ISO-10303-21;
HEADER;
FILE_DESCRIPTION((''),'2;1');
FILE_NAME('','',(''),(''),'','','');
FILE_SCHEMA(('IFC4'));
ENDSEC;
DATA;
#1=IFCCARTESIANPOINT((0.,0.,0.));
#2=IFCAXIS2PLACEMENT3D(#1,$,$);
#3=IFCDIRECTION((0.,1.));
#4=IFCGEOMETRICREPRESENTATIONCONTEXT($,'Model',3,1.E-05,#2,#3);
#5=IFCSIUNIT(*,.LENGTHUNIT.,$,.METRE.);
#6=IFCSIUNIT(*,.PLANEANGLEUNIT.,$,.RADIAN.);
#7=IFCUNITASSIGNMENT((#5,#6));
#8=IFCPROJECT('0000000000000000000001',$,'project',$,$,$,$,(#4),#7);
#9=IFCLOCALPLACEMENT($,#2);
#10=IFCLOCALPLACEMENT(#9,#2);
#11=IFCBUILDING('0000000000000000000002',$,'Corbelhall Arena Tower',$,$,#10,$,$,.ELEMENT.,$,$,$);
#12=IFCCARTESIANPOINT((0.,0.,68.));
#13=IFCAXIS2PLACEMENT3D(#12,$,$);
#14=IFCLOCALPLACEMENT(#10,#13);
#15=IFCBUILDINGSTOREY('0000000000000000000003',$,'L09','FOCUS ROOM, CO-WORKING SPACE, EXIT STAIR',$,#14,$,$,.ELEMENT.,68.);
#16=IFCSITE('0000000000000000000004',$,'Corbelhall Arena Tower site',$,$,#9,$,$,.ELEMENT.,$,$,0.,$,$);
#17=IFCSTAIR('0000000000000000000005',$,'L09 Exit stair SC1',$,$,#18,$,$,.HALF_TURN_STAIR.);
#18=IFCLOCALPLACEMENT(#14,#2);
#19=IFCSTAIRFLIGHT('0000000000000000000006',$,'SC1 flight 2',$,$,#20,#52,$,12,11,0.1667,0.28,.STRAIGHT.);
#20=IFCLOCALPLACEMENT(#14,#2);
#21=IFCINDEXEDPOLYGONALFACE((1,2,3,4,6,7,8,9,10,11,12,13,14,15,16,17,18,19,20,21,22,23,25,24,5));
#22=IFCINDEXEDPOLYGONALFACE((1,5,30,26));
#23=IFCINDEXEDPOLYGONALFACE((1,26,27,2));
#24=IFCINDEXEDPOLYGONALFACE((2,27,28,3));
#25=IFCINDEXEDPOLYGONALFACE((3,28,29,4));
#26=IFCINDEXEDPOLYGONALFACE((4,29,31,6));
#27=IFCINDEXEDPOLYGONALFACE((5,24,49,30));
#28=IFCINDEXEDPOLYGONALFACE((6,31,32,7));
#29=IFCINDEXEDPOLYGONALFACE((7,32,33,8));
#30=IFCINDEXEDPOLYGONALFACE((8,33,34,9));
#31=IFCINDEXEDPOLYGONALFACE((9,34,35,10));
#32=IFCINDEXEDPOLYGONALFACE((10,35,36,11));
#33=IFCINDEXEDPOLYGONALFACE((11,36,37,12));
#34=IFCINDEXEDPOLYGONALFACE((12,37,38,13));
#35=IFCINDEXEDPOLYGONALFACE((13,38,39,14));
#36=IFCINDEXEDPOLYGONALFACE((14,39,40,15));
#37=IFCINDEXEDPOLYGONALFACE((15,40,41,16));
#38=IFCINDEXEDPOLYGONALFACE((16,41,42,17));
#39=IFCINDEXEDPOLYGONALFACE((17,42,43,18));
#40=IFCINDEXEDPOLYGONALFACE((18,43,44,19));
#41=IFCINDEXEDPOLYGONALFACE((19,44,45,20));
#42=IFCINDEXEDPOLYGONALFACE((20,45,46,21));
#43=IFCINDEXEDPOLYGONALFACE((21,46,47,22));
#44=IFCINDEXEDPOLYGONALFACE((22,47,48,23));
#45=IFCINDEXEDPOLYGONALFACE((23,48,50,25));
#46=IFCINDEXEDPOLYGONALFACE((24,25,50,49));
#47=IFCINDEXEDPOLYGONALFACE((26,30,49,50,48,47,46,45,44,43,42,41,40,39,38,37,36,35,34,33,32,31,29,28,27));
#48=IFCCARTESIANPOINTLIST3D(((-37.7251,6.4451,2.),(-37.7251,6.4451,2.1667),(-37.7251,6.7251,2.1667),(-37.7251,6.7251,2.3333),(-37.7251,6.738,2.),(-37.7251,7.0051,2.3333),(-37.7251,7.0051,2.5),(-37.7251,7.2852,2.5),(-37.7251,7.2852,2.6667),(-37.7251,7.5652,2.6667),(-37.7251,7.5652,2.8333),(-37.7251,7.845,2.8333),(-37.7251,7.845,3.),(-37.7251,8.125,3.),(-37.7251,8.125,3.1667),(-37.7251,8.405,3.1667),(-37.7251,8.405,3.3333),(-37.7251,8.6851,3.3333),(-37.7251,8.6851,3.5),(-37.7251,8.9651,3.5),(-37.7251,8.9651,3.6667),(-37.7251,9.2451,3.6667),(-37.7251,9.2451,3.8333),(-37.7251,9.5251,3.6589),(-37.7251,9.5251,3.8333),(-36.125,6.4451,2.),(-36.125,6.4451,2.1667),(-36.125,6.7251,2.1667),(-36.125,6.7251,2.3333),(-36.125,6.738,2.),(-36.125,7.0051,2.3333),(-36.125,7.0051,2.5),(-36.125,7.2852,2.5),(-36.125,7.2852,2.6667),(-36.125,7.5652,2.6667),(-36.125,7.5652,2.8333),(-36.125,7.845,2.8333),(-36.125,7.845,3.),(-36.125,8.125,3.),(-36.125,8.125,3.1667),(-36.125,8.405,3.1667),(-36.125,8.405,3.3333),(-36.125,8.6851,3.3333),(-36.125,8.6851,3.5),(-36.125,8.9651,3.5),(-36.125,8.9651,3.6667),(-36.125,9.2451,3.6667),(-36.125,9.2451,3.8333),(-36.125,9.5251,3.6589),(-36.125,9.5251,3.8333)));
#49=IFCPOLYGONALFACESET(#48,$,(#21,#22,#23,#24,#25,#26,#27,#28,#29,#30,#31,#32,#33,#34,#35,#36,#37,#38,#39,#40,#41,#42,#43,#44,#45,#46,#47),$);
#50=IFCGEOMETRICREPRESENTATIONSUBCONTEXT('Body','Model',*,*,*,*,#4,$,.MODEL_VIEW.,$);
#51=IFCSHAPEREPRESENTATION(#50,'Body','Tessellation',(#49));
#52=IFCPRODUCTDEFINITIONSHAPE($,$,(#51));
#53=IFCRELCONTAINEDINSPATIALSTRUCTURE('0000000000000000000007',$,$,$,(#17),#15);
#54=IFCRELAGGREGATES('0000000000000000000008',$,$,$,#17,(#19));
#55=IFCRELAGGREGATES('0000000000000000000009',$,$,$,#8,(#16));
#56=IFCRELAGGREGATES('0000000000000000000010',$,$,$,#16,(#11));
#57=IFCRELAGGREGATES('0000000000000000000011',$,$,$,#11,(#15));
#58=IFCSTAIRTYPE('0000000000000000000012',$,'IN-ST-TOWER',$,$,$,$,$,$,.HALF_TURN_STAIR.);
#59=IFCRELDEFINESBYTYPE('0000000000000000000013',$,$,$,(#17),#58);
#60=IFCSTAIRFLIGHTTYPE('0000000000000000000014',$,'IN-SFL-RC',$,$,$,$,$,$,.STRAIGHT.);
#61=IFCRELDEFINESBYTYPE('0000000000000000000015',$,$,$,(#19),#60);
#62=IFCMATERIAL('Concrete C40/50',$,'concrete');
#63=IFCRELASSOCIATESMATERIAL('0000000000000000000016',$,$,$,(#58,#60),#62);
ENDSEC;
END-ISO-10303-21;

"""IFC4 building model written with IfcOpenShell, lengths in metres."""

from ifc_helpers import new_model, si_unit, direction, frame, origin, place, context, subcontext, project, spatial, polyline, outline, extrude, material, type_object, element, aggregate, save


model = new_model("IFC4")

# Units and contexts
model_context = context("Model", 3, precision=1e-05, world=origin(), true_north=direction((0.0, 1.0)))
body_context = subcontext(model_context, "Body", "Model", "MODEL_VIEW")
ifc_project = project(units=[si_unit("LENGTHUNIT", "METRE"), si_unit("PLANEANGLEUNIT", "RADIAN")], contexts=[model_context])

# Site, building, storey
site_placement = place(None, origin())
site = spatial("IfcSite", under=ifc_project, at=site_placement, Name="Corbelhall Arena Tower site", CompositionType="ELEMENT", RefElevation=0.0)
building_placement = place(site_placement, origin())
building = spatial("IfcBuilding", under=site, at=building_placement, Name="Corbelhall Arena Tower", CompositionType="ELEMENT")
storey_placement = place(building_placement, frame((0.0, 0.0, 68.0)))
storey = spatial("IfcBuildingStorey", under=building, at=storey_placement, Name="L09", Description="FOCUS ROOM, CO-WORKING SPACE, EXIT STAIR", CompositionType="ELEMENT", Elevation=68.0)

# Shared definitions
ifc_material_1 = material(Name="Concrete C40/50", Category="concrete")

# Stair, stair flight
stair_type = type_object("IfcStairType", Name="IN-ST-TOWER", PredefinedType="HALF_TURN_STAIR", material=ifc_material_1)
stair_placement = place(storey_placement, origin())
stair = element("IfcStair", 1, at=stair_placement, inside=storey, type_object=stair_type, Name="L09 Exit stair SC1", PredefinedType="HALF_TURN_STAIR")
stair_flight_type = type_object("IfcStairFlightType", Name="IN-SFL-RC", PredefinedType="STRAIGHT", material=ifc_material_1)
stair_flight_1_placement = place(storey_placement, frame((-36.925, 6.4451, 2.0), z_axis=(0.0, 0.0, 1.0), x_axis=(0.0, 1.0, 0.0)))
stair_flight_1 = element("IfcStairFlight", 2, at=stair_flight_1_placement, type_object=stair_flight_type, Name="SC1 flight 2", NumberOfRisers=12, NumberOfTreads=11, PredefinedType="STRAIGHT", RiserHeight=0.1667, TreadLength=0.28, context=body_context, shape_type="SweptSolid", body=[
    extrude(outline(polyline([(0.0, 0.0), (0.0, 0.1667), (0.28, 0.1667), (0.28, 0.3333), (0.5601, 0.3333), (0.5601, 0.5), (0.8401, 0.5), (0.8401, 0.6667), (1.1201, 0.6667), (1.1201, 0.8333), (1.3999, 0.8333), (1.3999, 1.0), (1.6799, 1.0), (1.6799, 1.1667), (1.96, 1.1667), (1.96, 1.3333), (2.24, 1.3333), (2.24, 1.5), (2.52, 1.5), (2.52, 1.6667), (2.8, 1.6667), (2.8, 1.8333), (3.0801, 1.8333), (3.0801, 2.0), (3.0801, 1.6589), (0.293, 0.0), (0.0, 0.0)])), frame((0.0, 0.8, 0.0), z_axis=(0.0, -1.0, 0.0), x_axis=(1.0, 0.0, 0.0)), (0.0, 0.0, 1.0), 1.6001),
])
aggregate(stair, [stair_flight_1])

save(model, "model.ifc")
